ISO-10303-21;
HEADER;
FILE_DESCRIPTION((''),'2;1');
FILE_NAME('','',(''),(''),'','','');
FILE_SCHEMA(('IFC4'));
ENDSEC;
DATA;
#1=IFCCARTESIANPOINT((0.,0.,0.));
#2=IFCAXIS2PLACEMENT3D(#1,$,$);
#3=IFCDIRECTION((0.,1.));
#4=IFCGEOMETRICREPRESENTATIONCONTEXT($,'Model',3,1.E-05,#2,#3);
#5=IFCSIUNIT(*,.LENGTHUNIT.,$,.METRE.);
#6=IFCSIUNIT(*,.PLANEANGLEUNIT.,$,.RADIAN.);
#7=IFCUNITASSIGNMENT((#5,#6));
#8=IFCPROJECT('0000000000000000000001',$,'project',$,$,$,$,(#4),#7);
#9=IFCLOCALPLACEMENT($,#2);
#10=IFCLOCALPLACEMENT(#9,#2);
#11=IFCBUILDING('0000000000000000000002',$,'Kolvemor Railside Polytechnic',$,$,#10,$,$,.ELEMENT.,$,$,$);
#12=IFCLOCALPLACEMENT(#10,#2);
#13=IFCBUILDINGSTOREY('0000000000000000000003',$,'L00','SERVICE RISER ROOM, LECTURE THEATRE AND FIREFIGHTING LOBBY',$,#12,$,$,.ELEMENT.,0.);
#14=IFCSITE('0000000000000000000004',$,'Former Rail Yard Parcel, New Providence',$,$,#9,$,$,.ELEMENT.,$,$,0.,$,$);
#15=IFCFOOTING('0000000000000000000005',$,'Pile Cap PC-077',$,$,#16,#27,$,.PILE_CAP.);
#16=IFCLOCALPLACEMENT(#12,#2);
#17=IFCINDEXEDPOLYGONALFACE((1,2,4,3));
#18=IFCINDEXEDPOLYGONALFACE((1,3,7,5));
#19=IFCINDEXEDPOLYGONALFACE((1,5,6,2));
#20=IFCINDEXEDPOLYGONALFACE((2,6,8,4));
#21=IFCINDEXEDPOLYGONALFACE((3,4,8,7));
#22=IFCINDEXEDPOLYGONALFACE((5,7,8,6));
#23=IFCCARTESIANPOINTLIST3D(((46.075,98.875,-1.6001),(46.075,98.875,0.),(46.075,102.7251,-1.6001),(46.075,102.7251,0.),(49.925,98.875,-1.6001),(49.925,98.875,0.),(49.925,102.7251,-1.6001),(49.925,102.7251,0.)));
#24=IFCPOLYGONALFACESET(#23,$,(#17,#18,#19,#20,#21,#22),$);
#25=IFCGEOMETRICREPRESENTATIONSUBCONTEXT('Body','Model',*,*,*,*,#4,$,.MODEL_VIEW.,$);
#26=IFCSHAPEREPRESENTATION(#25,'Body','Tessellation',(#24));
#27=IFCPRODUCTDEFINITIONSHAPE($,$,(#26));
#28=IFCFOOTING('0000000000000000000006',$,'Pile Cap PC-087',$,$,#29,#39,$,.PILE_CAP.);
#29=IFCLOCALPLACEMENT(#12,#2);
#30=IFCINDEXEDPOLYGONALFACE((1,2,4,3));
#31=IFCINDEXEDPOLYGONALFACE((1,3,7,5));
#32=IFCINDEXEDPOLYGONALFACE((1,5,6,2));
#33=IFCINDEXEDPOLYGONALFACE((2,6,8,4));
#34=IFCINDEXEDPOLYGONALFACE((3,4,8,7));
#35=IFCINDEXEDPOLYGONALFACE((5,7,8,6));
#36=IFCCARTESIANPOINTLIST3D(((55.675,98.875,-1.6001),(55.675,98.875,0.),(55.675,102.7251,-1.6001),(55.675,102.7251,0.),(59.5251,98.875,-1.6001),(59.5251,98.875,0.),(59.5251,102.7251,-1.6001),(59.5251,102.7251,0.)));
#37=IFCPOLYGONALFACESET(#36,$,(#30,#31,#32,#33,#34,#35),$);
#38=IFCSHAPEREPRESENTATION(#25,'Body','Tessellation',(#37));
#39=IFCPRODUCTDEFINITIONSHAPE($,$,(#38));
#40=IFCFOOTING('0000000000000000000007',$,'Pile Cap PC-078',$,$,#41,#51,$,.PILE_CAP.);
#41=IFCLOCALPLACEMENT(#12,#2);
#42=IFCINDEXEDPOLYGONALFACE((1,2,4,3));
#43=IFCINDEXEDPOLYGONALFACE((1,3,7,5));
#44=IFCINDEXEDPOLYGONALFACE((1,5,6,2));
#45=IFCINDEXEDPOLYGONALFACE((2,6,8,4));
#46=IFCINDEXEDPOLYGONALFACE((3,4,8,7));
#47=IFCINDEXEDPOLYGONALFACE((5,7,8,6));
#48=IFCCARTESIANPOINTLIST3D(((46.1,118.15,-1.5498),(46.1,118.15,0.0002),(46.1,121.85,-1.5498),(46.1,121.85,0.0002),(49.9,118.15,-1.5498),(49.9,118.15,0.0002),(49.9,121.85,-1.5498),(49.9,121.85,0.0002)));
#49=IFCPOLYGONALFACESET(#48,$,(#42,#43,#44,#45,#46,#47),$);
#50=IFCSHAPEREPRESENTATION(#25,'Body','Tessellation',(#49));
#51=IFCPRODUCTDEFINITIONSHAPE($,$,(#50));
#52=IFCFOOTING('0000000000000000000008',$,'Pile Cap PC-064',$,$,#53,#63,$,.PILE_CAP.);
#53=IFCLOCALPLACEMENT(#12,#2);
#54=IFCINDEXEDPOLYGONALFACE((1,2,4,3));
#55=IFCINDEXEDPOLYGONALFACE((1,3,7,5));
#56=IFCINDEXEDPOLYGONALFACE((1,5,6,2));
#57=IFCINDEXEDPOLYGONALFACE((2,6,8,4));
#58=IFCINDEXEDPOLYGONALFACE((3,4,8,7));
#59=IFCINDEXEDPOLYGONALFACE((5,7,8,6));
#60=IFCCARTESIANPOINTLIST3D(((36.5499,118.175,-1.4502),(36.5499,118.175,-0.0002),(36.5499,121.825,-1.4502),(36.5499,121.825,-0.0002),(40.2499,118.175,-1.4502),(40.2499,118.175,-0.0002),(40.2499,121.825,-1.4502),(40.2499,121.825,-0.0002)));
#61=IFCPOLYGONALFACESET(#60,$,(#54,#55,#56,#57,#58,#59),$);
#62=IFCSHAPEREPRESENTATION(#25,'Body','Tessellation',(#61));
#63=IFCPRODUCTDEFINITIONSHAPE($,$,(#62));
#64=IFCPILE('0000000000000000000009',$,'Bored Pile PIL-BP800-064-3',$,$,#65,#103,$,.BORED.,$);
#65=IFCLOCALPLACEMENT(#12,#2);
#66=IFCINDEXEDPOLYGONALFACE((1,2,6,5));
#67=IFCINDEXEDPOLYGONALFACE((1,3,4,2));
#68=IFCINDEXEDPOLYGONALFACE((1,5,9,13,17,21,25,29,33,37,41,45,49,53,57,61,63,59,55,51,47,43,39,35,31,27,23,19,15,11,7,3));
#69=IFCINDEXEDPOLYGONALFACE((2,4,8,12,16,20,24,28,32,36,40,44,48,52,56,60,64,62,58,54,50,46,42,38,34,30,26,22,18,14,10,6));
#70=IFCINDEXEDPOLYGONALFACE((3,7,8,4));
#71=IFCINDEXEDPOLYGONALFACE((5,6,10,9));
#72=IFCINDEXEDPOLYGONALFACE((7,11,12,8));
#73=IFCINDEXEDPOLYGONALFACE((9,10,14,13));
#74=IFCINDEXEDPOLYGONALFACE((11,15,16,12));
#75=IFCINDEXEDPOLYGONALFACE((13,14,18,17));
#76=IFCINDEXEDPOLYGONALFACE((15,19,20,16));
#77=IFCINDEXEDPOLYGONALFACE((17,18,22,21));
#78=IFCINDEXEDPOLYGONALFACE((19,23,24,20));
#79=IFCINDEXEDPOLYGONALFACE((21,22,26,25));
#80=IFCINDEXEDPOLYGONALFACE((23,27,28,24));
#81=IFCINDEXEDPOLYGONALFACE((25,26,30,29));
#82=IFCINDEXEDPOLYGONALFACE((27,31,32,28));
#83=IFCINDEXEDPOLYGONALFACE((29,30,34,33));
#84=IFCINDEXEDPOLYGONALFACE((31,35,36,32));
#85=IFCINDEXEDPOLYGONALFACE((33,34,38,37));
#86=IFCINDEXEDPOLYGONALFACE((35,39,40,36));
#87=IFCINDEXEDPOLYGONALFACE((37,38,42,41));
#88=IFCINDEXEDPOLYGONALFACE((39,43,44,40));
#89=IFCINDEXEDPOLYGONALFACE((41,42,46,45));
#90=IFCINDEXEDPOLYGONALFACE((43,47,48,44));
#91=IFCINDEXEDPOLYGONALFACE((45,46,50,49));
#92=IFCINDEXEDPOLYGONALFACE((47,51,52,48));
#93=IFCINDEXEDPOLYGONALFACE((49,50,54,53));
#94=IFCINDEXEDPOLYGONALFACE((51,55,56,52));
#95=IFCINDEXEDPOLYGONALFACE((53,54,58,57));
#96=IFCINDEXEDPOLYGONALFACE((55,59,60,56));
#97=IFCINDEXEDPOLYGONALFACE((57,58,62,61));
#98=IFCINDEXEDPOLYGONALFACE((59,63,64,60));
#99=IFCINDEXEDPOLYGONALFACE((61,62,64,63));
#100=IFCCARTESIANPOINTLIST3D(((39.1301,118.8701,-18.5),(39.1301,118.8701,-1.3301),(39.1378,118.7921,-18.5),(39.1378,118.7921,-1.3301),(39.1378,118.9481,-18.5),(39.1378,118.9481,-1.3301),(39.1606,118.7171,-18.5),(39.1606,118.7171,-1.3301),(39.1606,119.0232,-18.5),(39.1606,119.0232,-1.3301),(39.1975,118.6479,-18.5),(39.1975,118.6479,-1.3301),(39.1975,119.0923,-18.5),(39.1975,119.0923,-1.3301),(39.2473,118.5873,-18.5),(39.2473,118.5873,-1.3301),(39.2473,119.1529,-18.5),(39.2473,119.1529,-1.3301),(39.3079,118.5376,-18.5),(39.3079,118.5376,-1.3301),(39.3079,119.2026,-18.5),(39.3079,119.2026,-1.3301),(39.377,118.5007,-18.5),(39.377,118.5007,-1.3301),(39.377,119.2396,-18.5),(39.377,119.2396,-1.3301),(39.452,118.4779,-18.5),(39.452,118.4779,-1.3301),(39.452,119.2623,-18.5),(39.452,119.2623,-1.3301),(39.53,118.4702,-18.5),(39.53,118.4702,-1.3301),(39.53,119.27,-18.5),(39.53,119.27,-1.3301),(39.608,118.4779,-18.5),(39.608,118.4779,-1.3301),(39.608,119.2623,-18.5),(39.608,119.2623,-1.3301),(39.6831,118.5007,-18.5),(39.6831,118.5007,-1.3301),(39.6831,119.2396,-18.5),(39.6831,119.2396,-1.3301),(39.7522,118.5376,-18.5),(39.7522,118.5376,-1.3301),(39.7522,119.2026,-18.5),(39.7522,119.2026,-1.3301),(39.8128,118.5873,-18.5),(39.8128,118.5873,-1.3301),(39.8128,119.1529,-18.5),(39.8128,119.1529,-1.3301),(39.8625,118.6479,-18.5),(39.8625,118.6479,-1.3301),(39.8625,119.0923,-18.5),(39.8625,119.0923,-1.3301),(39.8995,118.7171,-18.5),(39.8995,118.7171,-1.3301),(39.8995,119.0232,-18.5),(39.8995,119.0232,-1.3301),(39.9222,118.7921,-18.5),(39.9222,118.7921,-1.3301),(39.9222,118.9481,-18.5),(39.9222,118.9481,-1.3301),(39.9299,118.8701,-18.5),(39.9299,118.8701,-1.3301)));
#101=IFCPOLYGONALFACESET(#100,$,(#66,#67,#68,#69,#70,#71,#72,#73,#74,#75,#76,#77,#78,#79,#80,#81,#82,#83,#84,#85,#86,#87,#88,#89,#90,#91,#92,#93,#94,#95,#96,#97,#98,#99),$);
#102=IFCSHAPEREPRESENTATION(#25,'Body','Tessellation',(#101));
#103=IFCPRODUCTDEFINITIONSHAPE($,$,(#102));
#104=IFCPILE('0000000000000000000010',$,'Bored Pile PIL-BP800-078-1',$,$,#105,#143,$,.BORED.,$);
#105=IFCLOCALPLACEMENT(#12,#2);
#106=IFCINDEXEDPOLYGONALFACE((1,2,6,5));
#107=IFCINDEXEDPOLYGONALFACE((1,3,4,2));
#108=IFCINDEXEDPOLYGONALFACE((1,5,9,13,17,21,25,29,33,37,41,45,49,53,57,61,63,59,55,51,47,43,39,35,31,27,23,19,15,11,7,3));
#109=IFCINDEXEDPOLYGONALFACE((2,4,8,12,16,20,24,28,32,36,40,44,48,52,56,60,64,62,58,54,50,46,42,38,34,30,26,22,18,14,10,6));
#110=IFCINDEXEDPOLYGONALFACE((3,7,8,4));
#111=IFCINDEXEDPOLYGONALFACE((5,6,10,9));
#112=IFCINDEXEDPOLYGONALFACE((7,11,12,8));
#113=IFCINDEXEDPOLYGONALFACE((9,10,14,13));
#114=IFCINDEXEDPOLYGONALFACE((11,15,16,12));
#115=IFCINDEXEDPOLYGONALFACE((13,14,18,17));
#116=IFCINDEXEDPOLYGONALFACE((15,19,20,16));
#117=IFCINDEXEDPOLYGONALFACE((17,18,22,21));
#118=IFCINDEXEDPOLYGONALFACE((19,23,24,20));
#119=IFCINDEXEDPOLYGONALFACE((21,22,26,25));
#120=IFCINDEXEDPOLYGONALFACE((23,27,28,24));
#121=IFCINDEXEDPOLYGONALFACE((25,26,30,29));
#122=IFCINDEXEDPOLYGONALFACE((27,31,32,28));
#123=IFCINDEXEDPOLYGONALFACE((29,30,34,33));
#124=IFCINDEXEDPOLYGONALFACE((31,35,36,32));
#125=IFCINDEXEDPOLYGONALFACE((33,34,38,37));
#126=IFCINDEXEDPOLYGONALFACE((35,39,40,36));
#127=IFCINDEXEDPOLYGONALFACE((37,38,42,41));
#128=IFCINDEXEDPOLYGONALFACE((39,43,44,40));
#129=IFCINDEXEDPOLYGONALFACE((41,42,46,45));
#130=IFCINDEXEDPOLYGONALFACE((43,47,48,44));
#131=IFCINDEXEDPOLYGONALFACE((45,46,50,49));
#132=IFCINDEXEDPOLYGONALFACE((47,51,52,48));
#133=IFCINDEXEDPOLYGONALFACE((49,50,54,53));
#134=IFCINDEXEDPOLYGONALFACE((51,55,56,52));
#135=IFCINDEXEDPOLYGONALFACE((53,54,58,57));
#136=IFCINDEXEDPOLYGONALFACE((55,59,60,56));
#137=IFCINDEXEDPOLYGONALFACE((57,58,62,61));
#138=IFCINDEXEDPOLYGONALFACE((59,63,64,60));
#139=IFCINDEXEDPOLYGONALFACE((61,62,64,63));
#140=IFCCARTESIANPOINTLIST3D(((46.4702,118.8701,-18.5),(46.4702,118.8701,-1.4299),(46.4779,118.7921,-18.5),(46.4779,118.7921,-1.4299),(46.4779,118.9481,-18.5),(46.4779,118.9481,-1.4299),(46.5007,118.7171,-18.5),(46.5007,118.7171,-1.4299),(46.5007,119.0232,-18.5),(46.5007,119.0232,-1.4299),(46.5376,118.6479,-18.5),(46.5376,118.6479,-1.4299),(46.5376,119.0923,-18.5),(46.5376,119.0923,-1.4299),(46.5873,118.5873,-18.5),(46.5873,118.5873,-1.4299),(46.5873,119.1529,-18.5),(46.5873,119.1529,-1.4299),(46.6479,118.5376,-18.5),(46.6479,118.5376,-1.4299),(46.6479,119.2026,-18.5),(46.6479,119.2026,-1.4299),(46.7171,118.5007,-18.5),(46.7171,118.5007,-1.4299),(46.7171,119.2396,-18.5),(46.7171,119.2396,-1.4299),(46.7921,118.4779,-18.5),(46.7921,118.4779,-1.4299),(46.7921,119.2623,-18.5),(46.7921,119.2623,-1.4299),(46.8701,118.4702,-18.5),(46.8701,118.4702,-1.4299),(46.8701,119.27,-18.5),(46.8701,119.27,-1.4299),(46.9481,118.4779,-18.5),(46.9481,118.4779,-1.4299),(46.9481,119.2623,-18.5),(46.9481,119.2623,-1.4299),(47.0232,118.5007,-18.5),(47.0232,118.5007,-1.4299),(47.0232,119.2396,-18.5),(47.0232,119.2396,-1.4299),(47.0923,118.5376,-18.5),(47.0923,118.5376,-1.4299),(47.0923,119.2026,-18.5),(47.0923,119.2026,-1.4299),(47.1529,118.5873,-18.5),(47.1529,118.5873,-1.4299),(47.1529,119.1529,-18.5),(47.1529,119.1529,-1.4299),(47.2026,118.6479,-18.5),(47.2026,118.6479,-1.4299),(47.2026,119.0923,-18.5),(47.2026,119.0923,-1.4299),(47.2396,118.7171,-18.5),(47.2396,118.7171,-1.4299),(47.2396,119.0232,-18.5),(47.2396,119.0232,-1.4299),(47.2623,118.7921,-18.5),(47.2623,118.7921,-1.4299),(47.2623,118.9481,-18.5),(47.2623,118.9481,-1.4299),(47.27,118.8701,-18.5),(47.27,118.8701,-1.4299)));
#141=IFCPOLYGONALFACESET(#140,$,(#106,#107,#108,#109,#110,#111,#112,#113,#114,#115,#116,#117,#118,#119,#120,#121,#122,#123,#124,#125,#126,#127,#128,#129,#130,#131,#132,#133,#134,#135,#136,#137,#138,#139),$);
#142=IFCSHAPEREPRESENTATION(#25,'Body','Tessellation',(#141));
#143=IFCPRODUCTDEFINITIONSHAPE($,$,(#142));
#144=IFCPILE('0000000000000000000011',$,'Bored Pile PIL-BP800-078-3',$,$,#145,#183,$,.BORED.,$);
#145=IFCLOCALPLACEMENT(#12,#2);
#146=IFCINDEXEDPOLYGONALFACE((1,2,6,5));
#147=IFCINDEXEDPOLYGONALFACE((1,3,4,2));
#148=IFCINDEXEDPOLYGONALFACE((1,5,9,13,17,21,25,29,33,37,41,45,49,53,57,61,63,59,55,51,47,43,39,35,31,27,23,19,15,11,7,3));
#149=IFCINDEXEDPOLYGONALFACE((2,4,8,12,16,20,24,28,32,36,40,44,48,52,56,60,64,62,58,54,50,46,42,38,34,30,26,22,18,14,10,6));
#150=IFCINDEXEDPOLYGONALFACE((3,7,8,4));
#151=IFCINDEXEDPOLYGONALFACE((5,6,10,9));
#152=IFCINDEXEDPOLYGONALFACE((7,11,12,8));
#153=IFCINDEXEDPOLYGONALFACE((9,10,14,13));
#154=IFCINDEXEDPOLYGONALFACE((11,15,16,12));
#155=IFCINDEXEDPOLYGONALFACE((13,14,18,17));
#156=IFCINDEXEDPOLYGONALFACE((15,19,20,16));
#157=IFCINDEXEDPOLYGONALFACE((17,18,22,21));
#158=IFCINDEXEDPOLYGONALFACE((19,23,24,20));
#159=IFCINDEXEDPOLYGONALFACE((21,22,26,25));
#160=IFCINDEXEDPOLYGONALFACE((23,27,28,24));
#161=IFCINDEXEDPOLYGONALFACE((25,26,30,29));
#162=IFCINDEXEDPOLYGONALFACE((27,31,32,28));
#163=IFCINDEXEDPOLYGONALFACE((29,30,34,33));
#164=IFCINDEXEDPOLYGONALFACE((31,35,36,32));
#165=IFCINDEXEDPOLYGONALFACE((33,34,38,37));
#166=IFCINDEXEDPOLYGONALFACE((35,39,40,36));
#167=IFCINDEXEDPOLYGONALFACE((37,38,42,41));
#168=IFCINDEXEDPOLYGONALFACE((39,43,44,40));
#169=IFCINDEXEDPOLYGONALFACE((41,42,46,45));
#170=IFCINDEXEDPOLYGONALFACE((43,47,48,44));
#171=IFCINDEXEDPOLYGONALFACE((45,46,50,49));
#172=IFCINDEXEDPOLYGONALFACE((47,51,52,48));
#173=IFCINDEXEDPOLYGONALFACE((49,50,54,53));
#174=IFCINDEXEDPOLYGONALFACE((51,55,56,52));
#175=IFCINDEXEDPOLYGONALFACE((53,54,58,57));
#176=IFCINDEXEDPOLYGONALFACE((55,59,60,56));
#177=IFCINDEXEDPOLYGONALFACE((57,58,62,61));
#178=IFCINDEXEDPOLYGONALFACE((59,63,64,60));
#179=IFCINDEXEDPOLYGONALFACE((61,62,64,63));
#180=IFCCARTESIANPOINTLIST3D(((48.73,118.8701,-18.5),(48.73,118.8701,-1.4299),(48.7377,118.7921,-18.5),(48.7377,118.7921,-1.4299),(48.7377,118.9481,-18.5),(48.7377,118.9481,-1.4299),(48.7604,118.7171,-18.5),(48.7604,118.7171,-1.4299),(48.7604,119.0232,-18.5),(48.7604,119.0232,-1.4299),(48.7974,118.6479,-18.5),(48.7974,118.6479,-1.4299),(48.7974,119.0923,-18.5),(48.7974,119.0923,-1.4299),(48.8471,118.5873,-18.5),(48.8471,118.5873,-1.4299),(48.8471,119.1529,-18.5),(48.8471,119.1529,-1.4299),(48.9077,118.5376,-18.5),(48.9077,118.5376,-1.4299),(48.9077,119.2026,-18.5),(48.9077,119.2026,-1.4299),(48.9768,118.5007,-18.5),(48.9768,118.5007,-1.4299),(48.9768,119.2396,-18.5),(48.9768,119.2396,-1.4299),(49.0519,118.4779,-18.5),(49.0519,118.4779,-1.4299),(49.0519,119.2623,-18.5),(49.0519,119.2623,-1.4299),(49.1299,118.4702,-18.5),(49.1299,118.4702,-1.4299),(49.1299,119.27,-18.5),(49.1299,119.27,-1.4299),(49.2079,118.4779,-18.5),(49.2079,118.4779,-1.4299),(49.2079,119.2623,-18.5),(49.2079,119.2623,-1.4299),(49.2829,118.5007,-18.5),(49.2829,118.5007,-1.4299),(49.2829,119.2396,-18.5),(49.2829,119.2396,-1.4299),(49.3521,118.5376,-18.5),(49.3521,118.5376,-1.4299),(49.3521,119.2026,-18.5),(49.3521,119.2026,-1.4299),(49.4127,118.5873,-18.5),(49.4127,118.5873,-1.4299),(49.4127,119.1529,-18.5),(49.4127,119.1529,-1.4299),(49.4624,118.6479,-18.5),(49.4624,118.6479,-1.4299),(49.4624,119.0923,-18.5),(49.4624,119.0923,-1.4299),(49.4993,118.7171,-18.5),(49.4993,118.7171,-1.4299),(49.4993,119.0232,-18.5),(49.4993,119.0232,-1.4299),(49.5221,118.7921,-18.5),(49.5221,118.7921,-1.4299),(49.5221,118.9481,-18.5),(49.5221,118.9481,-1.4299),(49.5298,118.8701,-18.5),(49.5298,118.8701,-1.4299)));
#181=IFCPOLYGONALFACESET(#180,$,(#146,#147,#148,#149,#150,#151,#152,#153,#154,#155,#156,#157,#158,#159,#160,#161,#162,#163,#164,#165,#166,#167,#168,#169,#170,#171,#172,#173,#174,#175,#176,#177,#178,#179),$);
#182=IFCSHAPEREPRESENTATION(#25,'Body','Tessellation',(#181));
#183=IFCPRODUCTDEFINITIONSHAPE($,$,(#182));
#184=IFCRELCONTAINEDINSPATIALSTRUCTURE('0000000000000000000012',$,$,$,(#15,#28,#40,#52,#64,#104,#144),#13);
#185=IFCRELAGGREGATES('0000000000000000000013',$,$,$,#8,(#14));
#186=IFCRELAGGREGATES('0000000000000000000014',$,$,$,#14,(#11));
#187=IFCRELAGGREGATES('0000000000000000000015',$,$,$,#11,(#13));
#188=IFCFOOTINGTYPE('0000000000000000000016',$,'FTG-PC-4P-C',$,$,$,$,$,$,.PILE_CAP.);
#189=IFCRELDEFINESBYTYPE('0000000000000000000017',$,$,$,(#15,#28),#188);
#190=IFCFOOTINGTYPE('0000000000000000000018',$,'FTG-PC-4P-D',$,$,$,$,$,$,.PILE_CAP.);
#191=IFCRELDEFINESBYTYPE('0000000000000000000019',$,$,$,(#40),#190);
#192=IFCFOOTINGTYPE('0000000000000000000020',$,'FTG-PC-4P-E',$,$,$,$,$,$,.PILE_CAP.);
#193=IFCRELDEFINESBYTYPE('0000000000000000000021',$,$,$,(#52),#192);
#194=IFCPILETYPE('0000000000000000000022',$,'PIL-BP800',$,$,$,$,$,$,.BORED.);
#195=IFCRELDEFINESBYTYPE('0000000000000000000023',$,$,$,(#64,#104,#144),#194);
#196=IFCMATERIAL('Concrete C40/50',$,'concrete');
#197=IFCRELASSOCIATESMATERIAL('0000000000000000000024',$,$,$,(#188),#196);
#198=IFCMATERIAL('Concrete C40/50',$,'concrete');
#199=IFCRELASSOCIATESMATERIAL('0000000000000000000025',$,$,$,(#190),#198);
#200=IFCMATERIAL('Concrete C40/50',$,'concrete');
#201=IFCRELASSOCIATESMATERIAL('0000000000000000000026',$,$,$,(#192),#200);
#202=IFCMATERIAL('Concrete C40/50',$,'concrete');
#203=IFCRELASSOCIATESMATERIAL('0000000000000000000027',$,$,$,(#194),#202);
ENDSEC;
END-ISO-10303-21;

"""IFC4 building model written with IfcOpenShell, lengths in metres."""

from ifc_helpers import new_model, si_unit, direction, frame, origin, origin_2d, place, context, subcontext, project, spatial, rectangle, circle, extrude, material, material_profile, profile_set, type_object, element, save


model = new_model("IFC4")

# Units and contexts
model_context = context("Model", 3, precision=1e-05, world=origin(), true_north=direction((0.0, 1.0)))
body_context = subcontext(model_context, "Body", "Model", "MODEL_VIEW")
ifc_project = project(units=[si_unit("LENGTHUNIT", "METRE"), si_unit("PLANEANGLEUNIT", "RADIAN")], contexts=[model_context])

# Site, building, storey
site_placement = place(None, origin())
site = spatial("IfcSite", under=ifc_project, at=site_placement, Name="Former Rail Yard Parcel, New Providence", CompositionType="ELEMENT", RefElevation=0.0)
building_placement = place(site_placement, origin())
building = spatial("IfcBuilding", under=site, at=building_placement, Name="Kolvemor Railside Polytechnic", CompositionType="ELEMENT")
storey_placement = place(building_placement, origin())
storey = spatial("IfcBuildingStorey", under=building, at=storey_placement, Name="L00", Description="SERVICE RISER ROOM, LECTURE THEATRE AND FIREFIGHTING LOBBY", CompositionType="ELEMENT", Elevation=0.0)

# Footings
ifc_material_1 = material(Name="Concrete C40/50", Category="concrete")
footing_type_1 = type_object("IfcFootingType", Name="FTG-PC-4P-C", PredefinedType="PILE_CAP", material=ifc_material_1)
for number, where, z_axis, x_axis, name in (
    (1, (48.0, 100.8, -1.6001), (0.0, 0.0, 1.0), (1.0, 0.0, 0.0), "Pile Cap PC-077"),
    (2, (57.6001, 100.8, -1.6001), (0.0, 0.0, 1.0), (1.0, 0.0, 0.0), "Pile Cap PC-087"),
):
    element("IfcFooting", number, at=place(storey_placement, frame(where, z_axis=z_axis, x_axis=x_axis)), inside=storey, type_object=footing_type_1, Name=name, PredefinedType="PILE_CAP", context=body_context, shape_type="SweptSolid", body=[
        extrude(rectangle(XDim=3.8501, YDim=3.8501, at=origin_2d()), origin(), (0.0, 0.0, 1.0), 1.6001),
    ])
ifc_material_2 = material(Name="Concrete C40/50", Category="concrete")
footing_type_2 = type_object("IfcFootingType", Name="FTG-PC-4P-D", PredefinedType="PILE_CAP", material=ifc_material_2)
footing_1_placement = place(storey_placement, frame((48.0, 120.0, -1.5498), z_axis=(0.0, 0.0, 1.0), x_axis=(1.0, 0.0, 0.0)))
element("IfcFooting", 3, at=footing_1_placement, inside=storey, type_object=footing_type_2, Name="Pile Cap PC-078", PredefinedType="PILE_CAP", context=body_context, shape_type="SweptSolid", body=[
    extrude(rectangle(XDim=3.8, YDim=3.7, at=origin_2d()), origin(), (0.0, 0.0, 1.0), 1.55),
])
ifc_material_3 = material(Name="Concrete C40/50", Category="concrete")
footing_type_3 = type_object("IfcFootingType", Name="FTG-PC-4P-E", PredefinedType="PILE_CAP", material=ifc_material_3)
footing_2_placement = place(storey_placement, frame((38.3999, 120.0, -1.4502), z_axis=(0.0, 0.0, 1.0), x_axis=(1.0, 0.0, 0.0)))
element("IfcFooting", 4, at=footing_2_placement, inside=storey, type_object=footing_type_3, Name="Pile Cap PC-064", PredefinedType="PILE_CAP", context=body_context, shape_type="SweptSolid", body=[
    extrude(rectangle(XDim=3.7, YDim=3.6499, at=origin_2d()), origin(), (0.0, 0.0, 1.0), 1.45),
])

# Piles
ifc_material_4 = material(Name="Concrete C40/50", Category="concrete")
ifc_material_profile_1 = material_profile(ifc_material_4, circle(Radius=0.3999, at=origin_2d()), Name="BP800")
ifc_profile_set_1 = profile_set([ifc_material_profile_1], Name="Concrete C40/50")
pile_type_1 = type_object("IfcPileType", Name="PIL-BP800", PredefinedType="BORED", material=ifc_profile_set_1)
pile_1_placement = place(storey_placement, frame((39.53, 118.8701, -1.3301), z_axis=(0.0, 0.0, -1.0), x_axis=(1.0, 0.0, 0.0)))
element("IfcPile", 5, at=pile_1_placement, inside=storey, type_object=pile_type_1, Name="Bored Pile PIL-BP800-064-3", PredefinedType="BORED", context=body_context, shape_type="SweptSolid", body=[
    extrude(circle(Radius=0.3999, at=origin_2d()), origin(), (0.0, 0.0, 1.0), 17.1699),
])
for number, where, z_axis, x_axis, name in (
    (6, (46.8701, 118.8701, -1.4299), (0.0, 0.0, -1.0), (1.0, 0.0, 0.0), "Bored Pile PIL-BP800-078-1"),
    (7, (49.1299, 118.8701, -1.4299), (0.0, 0.0, -1.0), (1.0, 0.0, 0.0), "Bored Pile PIL-BP800-078-3"),
):
    element("IfcPile", number, at=place(storey_placement, frame(where, z_axis=z_axis, x_axis=x_axis)), inside=storey, type_object=pile_type_1, Name=name, PredefinedType="BORED", context=body_context, shape_type="SweptSolid", body=[
        extrude(circle(Radius=0.3999, at=origin_2d()), origin(), (0.0, 0.0, 1.0), 17.0701),
    ])

save(model, "model.ifc")
